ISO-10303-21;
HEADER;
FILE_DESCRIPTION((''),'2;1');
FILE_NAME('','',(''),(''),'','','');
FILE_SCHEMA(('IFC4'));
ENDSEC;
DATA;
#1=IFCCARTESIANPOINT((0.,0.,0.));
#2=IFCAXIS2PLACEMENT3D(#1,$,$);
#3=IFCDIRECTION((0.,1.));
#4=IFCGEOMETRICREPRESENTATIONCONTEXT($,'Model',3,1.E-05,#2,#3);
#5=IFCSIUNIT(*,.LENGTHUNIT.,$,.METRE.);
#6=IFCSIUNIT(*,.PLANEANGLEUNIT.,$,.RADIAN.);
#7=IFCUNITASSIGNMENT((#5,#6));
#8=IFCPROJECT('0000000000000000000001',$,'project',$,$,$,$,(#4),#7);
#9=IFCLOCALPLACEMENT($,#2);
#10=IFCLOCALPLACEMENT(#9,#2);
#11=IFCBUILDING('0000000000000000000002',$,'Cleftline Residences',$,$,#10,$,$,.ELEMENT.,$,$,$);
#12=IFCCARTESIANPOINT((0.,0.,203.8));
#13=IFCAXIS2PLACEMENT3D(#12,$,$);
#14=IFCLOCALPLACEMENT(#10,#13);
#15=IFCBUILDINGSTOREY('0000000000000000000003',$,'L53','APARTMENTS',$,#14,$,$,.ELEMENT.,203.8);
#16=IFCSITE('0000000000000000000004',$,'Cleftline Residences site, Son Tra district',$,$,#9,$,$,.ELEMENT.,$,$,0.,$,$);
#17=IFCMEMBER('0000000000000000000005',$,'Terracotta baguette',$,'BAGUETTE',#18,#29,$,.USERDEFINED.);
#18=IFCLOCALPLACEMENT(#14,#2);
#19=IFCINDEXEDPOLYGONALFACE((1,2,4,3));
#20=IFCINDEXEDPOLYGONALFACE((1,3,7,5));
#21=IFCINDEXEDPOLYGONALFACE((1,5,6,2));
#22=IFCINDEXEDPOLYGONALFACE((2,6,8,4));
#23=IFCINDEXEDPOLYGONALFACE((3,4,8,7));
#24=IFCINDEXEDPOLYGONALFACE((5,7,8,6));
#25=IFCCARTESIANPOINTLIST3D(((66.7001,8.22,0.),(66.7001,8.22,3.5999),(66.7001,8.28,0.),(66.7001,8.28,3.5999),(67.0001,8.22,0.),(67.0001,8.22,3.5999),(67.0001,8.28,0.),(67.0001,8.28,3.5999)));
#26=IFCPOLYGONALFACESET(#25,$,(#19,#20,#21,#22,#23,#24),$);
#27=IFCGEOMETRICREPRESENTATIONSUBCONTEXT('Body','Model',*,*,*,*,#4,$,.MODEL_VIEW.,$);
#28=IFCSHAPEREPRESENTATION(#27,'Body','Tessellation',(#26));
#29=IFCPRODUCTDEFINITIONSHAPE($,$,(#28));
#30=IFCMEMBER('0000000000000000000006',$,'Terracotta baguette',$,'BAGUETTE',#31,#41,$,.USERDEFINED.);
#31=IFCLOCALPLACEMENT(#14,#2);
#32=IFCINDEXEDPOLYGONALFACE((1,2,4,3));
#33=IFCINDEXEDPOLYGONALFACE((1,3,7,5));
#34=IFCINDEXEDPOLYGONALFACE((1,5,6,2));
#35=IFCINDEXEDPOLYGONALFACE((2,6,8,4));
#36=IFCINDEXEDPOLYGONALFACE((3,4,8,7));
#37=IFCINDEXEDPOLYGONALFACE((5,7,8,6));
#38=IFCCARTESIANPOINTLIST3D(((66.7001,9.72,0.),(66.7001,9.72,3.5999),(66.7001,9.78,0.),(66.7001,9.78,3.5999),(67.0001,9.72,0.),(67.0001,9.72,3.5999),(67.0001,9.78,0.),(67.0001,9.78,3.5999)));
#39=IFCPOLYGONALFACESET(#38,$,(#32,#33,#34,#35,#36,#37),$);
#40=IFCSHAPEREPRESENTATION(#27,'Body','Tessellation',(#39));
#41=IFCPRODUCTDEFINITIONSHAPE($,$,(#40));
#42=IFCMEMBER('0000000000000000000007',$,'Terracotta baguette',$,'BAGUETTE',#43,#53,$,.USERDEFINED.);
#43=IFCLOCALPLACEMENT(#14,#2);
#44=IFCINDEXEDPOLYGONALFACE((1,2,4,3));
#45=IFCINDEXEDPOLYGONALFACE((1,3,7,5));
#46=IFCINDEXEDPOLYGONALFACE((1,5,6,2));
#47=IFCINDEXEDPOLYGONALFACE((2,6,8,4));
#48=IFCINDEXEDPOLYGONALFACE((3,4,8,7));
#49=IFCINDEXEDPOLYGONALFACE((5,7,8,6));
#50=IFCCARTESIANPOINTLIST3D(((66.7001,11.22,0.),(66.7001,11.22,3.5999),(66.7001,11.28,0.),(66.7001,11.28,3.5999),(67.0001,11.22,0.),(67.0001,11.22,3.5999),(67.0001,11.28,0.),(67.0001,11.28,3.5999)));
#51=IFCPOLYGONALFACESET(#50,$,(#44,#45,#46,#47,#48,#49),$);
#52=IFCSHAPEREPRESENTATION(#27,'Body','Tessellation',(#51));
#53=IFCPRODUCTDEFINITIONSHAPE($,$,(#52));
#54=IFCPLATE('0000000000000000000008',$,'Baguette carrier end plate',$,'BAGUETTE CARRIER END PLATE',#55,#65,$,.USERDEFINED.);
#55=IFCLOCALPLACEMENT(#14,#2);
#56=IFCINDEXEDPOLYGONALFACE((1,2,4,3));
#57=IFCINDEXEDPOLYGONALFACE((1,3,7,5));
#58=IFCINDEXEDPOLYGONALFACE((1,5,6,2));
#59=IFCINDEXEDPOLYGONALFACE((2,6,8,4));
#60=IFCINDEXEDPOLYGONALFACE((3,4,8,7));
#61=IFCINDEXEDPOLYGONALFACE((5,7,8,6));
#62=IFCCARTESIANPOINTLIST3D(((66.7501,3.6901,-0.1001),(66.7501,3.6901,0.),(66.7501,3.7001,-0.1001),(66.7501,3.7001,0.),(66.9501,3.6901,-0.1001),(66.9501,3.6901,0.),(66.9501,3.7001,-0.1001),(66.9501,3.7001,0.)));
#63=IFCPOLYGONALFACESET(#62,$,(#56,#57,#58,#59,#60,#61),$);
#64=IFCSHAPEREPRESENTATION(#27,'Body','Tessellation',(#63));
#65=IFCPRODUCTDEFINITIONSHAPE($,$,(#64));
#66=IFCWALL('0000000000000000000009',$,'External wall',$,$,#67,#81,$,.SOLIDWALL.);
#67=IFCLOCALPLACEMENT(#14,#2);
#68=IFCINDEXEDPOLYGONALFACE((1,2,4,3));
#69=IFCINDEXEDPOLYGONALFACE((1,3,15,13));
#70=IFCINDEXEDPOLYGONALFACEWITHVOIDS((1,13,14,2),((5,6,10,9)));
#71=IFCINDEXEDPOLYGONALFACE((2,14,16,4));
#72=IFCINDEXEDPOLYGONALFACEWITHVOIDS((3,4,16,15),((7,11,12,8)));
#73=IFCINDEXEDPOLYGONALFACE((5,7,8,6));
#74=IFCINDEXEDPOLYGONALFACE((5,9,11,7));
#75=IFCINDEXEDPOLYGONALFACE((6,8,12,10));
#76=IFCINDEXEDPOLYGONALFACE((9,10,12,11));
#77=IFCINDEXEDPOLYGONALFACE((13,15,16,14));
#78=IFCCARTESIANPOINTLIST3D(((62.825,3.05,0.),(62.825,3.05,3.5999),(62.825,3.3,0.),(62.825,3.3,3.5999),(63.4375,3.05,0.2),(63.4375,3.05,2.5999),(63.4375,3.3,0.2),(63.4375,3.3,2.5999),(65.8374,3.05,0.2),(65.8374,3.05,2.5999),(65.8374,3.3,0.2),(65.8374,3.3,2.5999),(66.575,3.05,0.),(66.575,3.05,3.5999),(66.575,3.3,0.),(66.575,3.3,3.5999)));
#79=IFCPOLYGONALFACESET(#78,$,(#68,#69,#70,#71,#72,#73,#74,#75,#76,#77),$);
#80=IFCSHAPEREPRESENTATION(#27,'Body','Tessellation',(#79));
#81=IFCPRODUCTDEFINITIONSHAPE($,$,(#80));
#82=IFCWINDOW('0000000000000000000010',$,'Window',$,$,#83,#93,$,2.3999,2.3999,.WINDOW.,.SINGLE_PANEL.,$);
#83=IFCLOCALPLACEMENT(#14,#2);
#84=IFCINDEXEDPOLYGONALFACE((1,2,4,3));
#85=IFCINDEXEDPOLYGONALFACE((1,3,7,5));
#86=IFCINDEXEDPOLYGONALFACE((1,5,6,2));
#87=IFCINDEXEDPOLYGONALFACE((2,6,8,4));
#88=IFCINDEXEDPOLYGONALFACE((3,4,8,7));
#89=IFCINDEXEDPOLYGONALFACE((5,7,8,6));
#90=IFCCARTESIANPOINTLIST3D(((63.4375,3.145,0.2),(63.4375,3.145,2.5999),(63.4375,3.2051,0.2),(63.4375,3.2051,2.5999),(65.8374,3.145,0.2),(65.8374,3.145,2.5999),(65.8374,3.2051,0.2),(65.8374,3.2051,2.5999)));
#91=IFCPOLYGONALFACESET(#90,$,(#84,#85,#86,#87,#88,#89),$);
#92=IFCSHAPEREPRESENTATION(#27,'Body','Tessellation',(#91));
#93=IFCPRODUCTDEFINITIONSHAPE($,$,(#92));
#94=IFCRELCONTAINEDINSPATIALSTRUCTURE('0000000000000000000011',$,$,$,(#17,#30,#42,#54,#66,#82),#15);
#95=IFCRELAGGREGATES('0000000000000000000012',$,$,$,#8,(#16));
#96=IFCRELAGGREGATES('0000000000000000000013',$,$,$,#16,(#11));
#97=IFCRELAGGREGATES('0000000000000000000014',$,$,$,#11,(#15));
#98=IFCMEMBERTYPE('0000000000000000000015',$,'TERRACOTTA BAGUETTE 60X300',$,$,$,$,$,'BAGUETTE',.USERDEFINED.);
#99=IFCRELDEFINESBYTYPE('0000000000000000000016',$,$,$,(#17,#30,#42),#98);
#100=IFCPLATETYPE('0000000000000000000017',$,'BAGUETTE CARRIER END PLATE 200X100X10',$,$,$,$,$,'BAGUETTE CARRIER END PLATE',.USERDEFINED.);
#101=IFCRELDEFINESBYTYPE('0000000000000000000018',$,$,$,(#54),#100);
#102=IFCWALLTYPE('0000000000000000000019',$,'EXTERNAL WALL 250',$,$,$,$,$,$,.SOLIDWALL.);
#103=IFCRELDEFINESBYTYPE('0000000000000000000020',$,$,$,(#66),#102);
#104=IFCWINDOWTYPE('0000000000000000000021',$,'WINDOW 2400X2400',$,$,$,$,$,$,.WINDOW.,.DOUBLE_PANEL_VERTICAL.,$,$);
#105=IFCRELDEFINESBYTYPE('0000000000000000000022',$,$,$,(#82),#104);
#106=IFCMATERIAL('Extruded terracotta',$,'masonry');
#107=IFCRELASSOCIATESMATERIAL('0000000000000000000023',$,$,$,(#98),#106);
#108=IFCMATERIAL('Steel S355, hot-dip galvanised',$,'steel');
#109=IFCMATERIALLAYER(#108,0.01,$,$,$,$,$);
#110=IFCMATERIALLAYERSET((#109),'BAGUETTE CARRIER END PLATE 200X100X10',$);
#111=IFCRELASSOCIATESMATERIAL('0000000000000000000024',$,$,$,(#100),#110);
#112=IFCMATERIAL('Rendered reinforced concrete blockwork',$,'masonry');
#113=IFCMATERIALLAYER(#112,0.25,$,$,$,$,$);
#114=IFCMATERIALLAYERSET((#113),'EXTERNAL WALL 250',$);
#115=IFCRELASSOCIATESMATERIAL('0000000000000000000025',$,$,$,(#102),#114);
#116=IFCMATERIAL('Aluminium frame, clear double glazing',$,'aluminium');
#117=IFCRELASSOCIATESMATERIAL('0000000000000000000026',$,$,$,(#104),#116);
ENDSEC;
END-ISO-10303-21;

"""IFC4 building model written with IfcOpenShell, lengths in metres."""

from ifc_helpers import new_model, si_unit, direction, frame, frame_2d, origin, origin_2d, place, context, subcontext, project, spatial, rectangle, extrude, material, layer, layer_set, material_profile, profile_set, type_object, element, fill, save


model = new_model("IFC4")

# Units and contexts
model_context = context("Model", 3, precision=1e-05, world=origin(), true_north=direction((0.0, 1.0)))
body_context = subcontext(model_context, "Body", "Model", "MODEL_VIEW")
ifc_project = project(units=[si_unit("LENGTHUNIT", "METRE"), si_unit("PLANEANGLEUNIT", "RADIAN")], contexts=[model_context])

# Site, building, storey
site_placement = place(None, origin())
site = spatial("IfcSite", under=ifc_project, at=site_placement, Name="Cleftline Residences site, Son Tra district", CompositionType="ELEMENT", RefElevation=0.0)
building_placement = place(site_placement, origin())
building = spatial("IfcBuilding", under=site, at=building_placement, Name="Cleftline Residences", CompositionType="ELEMENT")
storey_placement = place(building_placement, frame((0.0, 0.0, 203.8)))
storey = spatial("IfcBuildingStorey", under=building, at=storey_placement, Name="L53", Description="APARTMENTS", CompositionType="ELEMENT", Elevation=203.8)

# Members
ifc_material_1 = material(Name="Extruded terracotta", Category="masonry")
ifc_material_profile_1 = material_profile(ifc_material_1, rectangle(XDim=0.0601, YDim=0.3, at=origin_2d()))
ifc_profile_set_1 = profile_set([ifc_material_profile_1], Name="Extruded terracotta")
member_type_1 = type_object("IfcMemberType", Name="TERRACOTTA BAGUETTE 60X300", ElementType="BAGUETTE", PredefinedType="USERDEFINED", material=ifc_profile_set_1)
for number, where, z_axis, x_axis, name in (
    (1, (66.8501, 8.25, 0.0), (0.0, 0.0, 1.0), (0.0, 1.0, 0.0), "Terracotta baguette"),
    (2, (66.8501, 9.75, 0.0), (0.0, 0.0, 1.0), (0.0, 1.0, 0.0), "Terracotta baguette"),
    (3, (66.8501, 11.25, 0.0), (0.0, 0.0, 1.0), (0.0, 1.0, 0.0), "Terracotta baguette"),
):
    element("IfcMember", number, at=place(storey_placement, frame(where, z_axis=z_axis, x_axis=x_axis)), inside=storey, type_object=member_type_1, Name=name, ObjectType="BAGUETTE", PredefinedType="USERDEFINED", context=body_context, shape_type="SweptSolid", body=[
        extrude(rectangle(XDim=0.0601, YDim=0.3, at=origin_2d()), origin(), (0.0, 0.0, 1.0), 3.5999),
    ])

# Plate
ifc_material_2 = material(Name="Steel S355, hot-dip galvanised", Category="steel")
ifc_layer_1 = layer(ifc_material_2, 0.01)
ifc_layer_set_1 = layer_set([ifc_layer_1], Name="BAGUETTE CARRIER END PLATE 200X100X10")
plate_type = type_object("IfcPlateType", Name="BAGUETTE CARRIER END PLATE 200X100X10", ElementType="BAGUETTE CARRIER END PLATE", PredefinedType="USERDEFINED", material=ifc_layer_set_1)
plate_placement = place(storey_placement, frame((66.8501, 3.6951, -0.1001), z_axis=(0.0, 0.0, 1.0), x_axis=(1.0, 0.0, 0.0)))
element("IfcPlate", 4, at=plate_placement, inside=storey, type_object=plate_type, Name="Baguette carrier end plate", ObjectType="BAGUETTE CARRIER END PLATE", PredefinedType="USERDEFINED", context=body_context, shape_type="SweptSolid", body=[
    extrude(rectangle(XDim=0.2, YDim=0.01, at=origin_2d()), origin(), (0.0, 0.0, 1.0), 0.1001),
])

# Wall, opening, window
ifc_material_3 = material(Name="Rendered reinforced concrete blockwork", Category="masonry")
ifc_layer_2 = layer(ifc_material_3, 0.25)
ifc_layer_set_2 = layer_set([ifc_layer_2], Name="EXTERNAL WALL 250")
wall_type = type_object("IfcWallType", Name="EXTERNAL WALL 250", PredefinedType="SOLIDWALL", material=ifc_layer_set_2)
wall_1_placement = place(storey_placement, frame((62.825, 3.175, 0.0), z_axis=(0.0, 0.0, 1.0), x_axis=(1.0, 0.0, 0.0)))
wall_1 = element("IfcWall", 5, at=wall_1_placement, inside=storey, type_object=wall_type, Name="External wall", PredefinedType="SOLIDWALL", context=body_context, shape_type="SweptSolid", body=[
    extrude(rectangle(XDim=3.75, YDim=0.25, at=frame_2d((1.875, 0.0))), origin(), (0.0, 0.0, 1.0), 3.5999),
])
opening_1_placement = place(wall_1_placement, frame((0.6125, 0.0, 0.2)))
opening_1 = element("IfcOpeningElement", 6, at=opening_1_placement, cuts=wall_1, PredefinedType="OPENING", context=body_context, shape_type="SweptSolid", body=[
    extrude(rectangle(XDim=2.3999, YDim=2.3999, at=frame_2d((1.2, 1.2))), frame((0.0, 0.135, 0.0), z_axis=(0.0, -1.0, 0.0), x_axis=(1.0, 0.0, 0.0)), (0.0, 0.0, 1.0), 0.27),
])
ifc_material_4 = material(Name="Aluminium frame, clear double glazing", Category="aluminium")
window_type_1 = type_object("IfcWindowType", Name="WINDOW 2400X2400", PartitioningType="DOUBLE_PANEL_VERTICAL", PredefinedType="WINDOW", material=ifc_material_4)
window_1_placement = place(opening_1_placement, origin())
window_1 = element("IfcWindow", 7, at=window_1_placement, inside=storey, type_object=window_type_1, Name="Window", OverallHeight=2.3999, OverallWidth=2.3999, PartitioningType="SINGLE_PANEL", PredefinedType="WINDOW", context=body_context, shape_type="SweptSolid", body=[
    extrude(rectangle(XDim=2.3999, YDim=2.3999, at=frame_2d((1.2, 1.2))), frame((0.0, 0.03, 0.0), z_axis=(0.0, -1.0, 0.0), x_axis=(1.0, 0.0, 0.0)), (0.0, 0.0, 1.0), 0.0601),
])
fill(opening_1, window_1)

save(model, "model.ifc")
